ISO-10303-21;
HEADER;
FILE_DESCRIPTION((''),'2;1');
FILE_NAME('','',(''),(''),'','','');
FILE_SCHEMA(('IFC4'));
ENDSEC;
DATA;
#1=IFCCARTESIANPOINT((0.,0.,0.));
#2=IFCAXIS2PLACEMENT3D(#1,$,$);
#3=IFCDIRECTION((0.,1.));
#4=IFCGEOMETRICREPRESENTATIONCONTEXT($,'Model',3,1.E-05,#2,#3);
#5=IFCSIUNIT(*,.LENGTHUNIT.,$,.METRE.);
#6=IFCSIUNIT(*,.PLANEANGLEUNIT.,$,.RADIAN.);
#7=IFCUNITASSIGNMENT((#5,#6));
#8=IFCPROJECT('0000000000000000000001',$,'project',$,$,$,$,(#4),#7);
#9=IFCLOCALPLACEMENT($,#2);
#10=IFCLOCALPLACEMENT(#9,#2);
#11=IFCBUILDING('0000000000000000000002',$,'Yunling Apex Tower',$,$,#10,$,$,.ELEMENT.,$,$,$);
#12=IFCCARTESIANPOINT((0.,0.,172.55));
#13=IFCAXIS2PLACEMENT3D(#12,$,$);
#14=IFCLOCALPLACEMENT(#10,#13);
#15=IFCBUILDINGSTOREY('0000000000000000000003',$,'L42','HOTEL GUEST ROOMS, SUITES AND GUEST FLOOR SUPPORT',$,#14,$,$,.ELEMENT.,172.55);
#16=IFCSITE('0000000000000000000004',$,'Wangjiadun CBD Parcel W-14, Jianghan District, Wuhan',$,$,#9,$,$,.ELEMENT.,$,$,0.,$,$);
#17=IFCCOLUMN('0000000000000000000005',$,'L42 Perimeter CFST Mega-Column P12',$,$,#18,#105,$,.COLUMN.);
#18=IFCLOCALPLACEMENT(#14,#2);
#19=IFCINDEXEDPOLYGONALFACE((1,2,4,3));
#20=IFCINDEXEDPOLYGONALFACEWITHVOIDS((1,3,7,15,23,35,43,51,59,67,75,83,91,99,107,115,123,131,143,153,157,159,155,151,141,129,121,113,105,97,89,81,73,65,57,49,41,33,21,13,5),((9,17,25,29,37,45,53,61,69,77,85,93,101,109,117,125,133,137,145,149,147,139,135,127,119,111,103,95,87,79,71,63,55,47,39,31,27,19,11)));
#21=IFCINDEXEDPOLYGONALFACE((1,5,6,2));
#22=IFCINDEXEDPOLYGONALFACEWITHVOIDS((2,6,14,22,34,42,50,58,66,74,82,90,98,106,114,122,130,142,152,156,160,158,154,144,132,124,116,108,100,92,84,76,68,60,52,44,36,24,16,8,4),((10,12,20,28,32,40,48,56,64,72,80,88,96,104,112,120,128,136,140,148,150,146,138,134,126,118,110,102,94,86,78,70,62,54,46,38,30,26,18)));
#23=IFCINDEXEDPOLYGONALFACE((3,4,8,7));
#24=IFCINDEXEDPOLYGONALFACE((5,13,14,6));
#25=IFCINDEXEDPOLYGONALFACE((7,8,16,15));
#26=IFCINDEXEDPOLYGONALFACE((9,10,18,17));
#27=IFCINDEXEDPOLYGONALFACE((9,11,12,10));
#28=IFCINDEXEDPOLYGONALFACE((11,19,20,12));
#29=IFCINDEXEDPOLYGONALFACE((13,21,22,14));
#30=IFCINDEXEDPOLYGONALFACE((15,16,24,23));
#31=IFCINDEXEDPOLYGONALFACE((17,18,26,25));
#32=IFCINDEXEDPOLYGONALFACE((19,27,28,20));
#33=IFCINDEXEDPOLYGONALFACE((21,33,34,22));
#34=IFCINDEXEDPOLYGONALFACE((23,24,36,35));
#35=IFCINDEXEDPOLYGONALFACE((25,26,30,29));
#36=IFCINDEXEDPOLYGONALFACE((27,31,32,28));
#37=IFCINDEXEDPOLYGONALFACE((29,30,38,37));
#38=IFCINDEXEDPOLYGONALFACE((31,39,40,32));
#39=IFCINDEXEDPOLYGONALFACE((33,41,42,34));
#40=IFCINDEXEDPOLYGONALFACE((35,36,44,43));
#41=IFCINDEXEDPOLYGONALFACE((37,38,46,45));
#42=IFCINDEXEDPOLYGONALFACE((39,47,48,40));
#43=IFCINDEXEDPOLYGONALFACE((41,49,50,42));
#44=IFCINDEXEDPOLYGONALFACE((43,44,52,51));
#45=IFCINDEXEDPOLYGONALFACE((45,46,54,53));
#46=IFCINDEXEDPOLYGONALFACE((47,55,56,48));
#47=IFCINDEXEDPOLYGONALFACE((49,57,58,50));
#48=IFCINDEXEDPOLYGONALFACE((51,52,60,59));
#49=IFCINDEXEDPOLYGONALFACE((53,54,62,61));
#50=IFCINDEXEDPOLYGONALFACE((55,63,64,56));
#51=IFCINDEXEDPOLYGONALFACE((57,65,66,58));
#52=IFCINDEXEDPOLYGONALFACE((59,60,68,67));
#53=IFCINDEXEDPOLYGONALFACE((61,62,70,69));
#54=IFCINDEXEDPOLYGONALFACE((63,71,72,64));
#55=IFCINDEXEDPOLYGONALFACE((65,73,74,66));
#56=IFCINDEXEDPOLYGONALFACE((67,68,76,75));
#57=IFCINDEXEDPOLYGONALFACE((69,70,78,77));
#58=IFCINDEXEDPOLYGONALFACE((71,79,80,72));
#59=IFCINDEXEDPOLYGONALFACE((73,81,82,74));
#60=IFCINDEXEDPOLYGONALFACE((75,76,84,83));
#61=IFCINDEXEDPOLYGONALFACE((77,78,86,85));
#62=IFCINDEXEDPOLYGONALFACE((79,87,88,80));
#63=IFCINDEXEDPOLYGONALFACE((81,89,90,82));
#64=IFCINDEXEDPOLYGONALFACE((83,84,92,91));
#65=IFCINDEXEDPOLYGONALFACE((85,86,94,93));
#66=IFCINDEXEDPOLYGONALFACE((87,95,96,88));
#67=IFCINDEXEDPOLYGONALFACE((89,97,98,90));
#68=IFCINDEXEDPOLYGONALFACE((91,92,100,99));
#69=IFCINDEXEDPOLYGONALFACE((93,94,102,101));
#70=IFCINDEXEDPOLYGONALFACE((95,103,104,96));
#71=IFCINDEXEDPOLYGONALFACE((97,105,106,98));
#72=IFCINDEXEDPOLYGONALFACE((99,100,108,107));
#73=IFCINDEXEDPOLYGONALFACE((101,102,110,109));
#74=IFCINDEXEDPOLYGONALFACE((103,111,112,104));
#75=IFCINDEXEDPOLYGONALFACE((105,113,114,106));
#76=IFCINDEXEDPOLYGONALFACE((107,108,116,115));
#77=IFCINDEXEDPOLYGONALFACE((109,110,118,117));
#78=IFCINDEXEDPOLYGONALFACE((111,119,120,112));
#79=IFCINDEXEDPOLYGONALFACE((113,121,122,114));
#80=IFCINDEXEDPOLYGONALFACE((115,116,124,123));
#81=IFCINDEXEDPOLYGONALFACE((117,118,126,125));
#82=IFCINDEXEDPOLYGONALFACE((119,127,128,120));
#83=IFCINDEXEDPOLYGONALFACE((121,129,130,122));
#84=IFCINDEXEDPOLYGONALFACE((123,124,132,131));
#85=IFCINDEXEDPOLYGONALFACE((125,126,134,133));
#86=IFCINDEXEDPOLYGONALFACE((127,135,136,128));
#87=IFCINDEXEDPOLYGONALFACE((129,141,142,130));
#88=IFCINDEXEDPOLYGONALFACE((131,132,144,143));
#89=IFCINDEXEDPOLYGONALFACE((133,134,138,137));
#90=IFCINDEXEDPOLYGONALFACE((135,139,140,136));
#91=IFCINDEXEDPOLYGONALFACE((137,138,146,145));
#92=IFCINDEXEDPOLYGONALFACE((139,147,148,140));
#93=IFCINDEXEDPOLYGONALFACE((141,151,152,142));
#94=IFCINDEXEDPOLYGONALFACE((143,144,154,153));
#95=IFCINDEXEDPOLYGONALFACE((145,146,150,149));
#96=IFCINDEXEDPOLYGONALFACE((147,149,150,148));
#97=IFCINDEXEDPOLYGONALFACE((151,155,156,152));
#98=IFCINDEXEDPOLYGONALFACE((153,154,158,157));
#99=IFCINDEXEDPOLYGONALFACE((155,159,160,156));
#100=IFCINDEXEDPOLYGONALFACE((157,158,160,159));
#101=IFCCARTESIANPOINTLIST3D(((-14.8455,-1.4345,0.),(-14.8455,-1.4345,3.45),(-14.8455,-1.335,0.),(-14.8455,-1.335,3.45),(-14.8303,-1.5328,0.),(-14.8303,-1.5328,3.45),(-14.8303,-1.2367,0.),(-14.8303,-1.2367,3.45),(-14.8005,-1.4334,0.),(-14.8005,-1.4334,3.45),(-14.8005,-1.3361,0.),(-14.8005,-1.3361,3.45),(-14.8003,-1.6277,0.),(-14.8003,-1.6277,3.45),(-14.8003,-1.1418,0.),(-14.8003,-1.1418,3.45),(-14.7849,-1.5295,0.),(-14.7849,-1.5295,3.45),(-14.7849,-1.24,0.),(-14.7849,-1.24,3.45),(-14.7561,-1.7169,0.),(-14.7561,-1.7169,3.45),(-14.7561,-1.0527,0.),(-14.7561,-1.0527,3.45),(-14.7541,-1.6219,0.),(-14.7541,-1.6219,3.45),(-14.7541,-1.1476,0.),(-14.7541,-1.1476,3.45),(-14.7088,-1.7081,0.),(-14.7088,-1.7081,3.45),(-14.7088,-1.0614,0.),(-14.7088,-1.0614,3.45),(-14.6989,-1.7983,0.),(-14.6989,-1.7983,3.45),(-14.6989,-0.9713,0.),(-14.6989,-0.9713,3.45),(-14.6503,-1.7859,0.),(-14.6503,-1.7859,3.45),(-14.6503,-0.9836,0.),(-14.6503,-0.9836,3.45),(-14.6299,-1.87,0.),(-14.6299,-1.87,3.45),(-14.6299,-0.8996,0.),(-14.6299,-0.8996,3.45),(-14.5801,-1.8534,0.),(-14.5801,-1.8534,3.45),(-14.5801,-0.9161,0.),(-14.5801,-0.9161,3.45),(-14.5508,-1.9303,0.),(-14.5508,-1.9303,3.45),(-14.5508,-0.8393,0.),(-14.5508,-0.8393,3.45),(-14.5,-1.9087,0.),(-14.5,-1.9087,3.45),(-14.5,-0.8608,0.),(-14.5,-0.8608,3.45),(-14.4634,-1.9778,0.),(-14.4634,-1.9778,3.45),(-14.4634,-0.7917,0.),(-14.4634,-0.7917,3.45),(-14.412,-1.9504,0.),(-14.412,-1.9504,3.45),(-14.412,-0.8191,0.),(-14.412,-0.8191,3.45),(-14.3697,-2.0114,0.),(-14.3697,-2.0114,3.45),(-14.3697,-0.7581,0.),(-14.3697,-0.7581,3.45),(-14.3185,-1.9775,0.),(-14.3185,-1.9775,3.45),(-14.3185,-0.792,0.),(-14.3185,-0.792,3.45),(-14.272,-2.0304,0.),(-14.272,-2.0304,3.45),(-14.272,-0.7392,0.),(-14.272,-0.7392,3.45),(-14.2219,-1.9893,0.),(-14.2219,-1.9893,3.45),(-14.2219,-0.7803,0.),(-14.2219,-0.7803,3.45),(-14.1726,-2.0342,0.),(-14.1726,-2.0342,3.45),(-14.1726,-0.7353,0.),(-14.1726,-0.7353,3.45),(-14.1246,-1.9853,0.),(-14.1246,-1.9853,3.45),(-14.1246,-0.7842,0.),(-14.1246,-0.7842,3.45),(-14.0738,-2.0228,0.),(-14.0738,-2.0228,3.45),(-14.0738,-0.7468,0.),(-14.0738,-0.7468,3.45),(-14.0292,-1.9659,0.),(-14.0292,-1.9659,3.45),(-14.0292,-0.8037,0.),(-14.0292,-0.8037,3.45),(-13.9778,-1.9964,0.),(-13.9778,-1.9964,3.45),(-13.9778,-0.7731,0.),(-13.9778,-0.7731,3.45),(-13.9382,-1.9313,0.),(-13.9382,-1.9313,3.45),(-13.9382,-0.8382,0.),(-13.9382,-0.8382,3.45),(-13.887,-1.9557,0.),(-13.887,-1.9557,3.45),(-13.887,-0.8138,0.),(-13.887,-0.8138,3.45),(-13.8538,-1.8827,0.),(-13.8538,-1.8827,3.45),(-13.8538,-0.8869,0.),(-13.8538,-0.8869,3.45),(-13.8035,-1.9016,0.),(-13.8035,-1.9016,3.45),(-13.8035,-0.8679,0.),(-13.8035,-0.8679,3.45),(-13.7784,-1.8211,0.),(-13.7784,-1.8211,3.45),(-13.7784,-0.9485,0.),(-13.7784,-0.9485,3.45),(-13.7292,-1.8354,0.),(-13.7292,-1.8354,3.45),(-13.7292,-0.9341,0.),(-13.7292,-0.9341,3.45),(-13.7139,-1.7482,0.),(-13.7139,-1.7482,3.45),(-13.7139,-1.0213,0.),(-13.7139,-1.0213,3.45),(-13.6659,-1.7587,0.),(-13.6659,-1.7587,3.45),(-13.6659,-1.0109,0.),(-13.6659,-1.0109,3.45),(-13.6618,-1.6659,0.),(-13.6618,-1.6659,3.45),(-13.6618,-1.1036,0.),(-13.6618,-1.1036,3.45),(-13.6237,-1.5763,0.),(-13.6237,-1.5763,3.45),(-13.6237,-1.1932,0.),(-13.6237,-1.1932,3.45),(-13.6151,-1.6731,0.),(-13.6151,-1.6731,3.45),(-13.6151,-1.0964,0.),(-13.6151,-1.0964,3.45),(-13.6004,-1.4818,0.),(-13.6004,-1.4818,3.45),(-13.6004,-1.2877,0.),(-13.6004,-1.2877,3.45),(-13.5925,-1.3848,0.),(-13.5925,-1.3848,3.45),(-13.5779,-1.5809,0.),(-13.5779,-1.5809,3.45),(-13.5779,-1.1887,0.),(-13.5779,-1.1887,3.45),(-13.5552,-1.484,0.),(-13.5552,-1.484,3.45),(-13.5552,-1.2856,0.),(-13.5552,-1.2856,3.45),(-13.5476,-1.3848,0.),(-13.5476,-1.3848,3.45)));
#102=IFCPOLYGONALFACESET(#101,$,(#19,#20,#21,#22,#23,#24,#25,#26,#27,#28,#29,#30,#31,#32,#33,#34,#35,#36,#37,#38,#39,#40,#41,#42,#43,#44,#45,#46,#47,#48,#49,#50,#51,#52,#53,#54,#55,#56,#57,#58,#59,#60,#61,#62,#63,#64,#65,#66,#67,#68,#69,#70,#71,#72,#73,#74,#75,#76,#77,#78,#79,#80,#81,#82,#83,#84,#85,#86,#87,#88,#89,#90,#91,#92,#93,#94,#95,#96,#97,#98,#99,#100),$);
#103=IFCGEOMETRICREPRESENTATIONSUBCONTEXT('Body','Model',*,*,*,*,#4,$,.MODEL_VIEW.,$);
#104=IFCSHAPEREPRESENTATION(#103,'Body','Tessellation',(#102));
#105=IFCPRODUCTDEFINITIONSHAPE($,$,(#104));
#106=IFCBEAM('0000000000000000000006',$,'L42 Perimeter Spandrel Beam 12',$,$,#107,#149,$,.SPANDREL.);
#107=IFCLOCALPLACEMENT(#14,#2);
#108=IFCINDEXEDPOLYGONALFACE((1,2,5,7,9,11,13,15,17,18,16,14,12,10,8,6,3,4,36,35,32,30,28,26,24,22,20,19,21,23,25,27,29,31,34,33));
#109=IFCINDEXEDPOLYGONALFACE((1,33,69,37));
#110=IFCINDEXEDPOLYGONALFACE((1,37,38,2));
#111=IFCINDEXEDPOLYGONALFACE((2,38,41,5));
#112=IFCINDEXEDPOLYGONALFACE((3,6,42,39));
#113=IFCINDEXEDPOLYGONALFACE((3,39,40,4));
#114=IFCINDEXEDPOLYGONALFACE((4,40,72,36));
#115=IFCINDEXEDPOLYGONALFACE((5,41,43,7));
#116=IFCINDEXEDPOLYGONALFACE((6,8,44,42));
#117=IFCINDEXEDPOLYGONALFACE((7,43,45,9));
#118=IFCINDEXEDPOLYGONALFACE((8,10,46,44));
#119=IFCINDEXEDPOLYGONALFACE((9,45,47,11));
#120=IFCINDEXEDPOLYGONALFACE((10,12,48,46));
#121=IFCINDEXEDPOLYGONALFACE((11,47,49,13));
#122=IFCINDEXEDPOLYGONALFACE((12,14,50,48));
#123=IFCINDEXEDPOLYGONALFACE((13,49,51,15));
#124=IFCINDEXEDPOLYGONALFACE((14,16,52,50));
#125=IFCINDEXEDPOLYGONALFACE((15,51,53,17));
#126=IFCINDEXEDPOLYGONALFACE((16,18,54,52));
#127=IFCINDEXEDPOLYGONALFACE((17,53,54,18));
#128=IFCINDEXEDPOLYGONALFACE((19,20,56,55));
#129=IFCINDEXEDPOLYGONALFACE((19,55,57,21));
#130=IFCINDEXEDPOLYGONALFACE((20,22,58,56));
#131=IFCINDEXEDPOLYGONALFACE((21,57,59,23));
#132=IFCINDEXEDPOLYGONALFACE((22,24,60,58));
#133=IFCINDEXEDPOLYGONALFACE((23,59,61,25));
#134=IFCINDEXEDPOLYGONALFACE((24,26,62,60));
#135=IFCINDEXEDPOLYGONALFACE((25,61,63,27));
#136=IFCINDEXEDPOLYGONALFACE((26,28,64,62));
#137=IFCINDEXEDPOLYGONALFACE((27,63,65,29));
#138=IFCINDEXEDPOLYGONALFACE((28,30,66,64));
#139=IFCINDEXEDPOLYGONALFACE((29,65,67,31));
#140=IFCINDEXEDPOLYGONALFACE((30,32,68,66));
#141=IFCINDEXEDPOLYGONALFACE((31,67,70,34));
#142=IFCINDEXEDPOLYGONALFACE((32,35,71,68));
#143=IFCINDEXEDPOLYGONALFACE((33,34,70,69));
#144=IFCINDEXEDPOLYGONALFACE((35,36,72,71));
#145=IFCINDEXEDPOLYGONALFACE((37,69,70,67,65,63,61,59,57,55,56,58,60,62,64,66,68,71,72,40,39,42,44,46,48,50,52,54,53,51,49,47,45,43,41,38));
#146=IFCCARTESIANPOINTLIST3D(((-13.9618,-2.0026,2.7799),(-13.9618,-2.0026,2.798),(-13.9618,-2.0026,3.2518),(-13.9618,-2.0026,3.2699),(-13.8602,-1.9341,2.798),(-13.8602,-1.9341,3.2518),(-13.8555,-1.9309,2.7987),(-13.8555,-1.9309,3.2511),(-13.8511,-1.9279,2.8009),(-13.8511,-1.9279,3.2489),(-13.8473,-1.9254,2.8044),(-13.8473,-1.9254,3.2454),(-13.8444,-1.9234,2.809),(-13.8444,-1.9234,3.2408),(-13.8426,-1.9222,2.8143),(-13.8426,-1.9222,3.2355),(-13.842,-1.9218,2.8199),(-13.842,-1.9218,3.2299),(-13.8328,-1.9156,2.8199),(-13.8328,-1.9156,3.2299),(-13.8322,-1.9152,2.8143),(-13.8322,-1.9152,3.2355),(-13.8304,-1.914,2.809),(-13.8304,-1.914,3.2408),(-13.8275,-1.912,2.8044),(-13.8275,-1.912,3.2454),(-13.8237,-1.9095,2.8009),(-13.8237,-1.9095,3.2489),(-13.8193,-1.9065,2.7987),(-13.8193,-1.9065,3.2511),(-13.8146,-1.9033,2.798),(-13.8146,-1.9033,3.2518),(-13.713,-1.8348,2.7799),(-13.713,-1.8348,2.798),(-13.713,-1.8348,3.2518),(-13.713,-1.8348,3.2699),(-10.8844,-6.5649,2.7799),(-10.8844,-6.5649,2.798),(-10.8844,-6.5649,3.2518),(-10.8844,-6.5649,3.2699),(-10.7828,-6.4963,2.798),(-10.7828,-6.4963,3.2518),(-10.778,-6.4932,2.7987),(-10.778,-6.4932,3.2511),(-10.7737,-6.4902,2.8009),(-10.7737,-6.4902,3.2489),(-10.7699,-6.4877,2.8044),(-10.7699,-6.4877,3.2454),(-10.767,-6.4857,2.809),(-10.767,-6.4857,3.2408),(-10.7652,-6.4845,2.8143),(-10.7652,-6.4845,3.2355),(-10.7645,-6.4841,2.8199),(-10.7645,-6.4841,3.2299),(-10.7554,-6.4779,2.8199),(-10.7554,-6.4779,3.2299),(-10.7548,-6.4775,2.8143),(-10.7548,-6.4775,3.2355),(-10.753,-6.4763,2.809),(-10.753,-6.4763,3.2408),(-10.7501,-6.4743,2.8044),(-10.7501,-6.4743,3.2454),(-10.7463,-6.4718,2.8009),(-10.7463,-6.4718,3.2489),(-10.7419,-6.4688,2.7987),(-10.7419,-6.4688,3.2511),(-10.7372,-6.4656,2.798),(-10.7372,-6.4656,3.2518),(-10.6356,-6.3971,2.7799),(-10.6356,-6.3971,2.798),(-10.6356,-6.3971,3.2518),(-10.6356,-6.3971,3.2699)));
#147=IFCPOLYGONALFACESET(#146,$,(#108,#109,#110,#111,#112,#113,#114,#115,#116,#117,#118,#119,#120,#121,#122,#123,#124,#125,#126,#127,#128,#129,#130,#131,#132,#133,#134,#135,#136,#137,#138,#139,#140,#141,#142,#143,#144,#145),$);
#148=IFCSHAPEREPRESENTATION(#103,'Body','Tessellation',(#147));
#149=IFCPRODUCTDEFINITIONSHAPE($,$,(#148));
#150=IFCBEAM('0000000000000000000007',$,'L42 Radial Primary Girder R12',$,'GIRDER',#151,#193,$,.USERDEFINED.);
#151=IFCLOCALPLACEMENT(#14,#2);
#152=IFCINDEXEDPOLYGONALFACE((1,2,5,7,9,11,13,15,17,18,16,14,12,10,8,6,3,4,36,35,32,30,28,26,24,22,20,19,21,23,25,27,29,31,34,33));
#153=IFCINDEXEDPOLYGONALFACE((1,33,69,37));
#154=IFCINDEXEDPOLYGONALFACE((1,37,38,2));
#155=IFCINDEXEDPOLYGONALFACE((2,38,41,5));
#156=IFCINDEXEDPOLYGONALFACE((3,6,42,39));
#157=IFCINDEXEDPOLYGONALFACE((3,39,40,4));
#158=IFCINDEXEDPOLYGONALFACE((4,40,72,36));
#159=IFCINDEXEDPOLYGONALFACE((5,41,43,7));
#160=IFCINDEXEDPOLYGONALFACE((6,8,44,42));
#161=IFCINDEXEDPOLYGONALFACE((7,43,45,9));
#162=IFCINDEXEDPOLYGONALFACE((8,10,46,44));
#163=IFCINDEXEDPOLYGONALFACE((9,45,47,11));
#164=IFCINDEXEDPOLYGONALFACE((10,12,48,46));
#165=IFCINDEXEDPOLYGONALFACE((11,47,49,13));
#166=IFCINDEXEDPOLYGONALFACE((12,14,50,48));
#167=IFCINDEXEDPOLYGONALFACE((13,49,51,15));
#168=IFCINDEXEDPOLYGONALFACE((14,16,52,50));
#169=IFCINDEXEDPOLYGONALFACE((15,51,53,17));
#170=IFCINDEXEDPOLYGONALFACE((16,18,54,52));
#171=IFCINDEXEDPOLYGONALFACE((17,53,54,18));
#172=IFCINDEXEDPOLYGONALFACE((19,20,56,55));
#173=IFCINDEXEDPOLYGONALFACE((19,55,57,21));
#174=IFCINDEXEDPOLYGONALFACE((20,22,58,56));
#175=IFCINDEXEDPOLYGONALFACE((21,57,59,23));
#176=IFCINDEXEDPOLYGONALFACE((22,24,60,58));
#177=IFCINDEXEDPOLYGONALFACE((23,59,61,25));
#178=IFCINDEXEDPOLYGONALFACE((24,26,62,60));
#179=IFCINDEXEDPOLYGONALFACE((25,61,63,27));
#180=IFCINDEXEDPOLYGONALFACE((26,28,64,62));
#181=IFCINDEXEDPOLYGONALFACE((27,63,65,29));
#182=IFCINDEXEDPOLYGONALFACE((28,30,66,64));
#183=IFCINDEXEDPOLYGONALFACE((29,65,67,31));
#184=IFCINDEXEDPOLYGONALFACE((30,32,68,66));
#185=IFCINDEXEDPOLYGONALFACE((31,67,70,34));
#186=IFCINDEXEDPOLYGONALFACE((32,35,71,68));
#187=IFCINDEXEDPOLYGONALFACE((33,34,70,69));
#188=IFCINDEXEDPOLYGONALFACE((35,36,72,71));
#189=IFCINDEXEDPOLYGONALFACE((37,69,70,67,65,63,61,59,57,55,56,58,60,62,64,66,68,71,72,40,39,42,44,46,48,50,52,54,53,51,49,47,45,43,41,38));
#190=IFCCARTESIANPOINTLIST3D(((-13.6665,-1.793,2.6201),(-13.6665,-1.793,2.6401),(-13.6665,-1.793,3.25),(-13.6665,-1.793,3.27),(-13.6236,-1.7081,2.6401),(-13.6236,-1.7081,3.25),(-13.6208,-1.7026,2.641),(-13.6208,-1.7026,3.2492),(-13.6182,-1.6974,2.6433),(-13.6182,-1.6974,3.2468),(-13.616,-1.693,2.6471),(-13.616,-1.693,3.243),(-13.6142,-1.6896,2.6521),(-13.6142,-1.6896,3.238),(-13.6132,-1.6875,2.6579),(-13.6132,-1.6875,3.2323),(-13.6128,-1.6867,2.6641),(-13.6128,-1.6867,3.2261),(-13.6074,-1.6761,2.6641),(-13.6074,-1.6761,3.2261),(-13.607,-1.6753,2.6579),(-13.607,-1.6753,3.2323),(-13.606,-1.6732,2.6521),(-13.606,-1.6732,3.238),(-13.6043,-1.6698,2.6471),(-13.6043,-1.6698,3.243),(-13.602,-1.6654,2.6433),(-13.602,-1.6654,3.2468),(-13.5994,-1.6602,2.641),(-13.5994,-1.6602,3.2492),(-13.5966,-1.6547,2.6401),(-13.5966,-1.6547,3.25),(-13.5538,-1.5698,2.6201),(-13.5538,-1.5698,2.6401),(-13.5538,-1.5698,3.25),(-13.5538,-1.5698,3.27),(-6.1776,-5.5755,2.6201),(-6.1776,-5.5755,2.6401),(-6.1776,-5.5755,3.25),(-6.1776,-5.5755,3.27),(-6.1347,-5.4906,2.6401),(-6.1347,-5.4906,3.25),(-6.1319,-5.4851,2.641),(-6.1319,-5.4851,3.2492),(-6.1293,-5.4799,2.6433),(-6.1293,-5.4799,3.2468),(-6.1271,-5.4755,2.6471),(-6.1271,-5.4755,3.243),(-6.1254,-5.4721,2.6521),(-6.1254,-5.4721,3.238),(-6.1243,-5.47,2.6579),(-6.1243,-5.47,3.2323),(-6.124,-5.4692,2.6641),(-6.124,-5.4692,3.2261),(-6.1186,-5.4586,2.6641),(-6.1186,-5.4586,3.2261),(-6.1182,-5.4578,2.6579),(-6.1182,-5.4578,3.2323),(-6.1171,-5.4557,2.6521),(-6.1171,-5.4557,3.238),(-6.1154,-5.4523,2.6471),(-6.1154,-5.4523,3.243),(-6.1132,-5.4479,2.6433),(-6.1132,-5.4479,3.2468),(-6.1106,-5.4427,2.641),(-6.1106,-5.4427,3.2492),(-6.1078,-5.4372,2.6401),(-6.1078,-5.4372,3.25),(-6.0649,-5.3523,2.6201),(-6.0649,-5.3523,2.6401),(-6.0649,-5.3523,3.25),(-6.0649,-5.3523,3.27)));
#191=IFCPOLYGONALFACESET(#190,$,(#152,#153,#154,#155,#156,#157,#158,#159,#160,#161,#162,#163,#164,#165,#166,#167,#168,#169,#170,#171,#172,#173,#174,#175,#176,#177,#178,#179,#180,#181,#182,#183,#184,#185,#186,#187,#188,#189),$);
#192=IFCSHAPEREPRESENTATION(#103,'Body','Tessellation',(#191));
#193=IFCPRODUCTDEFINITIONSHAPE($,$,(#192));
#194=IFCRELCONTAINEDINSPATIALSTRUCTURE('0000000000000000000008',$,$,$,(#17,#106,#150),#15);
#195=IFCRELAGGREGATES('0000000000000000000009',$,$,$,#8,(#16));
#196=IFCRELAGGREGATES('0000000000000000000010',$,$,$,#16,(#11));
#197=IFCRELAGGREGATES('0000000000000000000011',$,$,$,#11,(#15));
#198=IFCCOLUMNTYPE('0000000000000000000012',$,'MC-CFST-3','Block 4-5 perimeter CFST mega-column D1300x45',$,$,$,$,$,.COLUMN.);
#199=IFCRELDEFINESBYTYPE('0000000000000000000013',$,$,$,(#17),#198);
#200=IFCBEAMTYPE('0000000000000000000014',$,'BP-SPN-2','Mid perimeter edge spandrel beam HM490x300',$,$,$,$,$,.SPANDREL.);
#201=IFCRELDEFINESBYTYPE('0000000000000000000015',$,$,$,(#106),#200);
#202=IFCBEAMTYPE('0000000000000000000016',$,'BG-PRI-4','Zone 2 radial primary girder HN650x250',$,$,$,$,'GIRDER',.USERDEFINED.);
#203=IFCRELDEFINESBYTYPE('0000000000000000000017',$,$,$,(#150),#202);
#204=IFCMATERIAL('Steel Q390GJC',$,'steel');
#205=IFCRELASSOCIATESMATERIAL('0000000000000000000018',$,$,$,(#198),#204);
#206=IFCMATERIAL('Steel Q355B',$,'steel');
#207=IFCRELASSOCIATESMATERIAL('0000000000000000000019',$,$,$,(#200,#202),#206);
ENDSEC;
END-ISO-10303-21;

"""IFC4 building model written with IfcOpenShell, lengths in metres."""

from ifc_helpers import new_model, si_unit, direction, frame, origin, origin_2d, place, context, subcontext, project, spatial, hollow_circle, i_section, extrude, source, transform, mapped, material, material_profile, profile_set, type_object, element, save


model = new_model("IFC4")

# Units and contexts
model_context = context("Model", 3, precision=1e-05, world=origin(), true_north=direction((0.0, 1.0)))
body_context = subcontext(model_context, "Body", "Model", "MODEL_VIEW")
ifc_project = project(units=[si_unit("LENGTHUNIT", "METRE"), si_unit("PLANEANGLEUNIT", "RADIAN")], contexts=[model_context])

# Site, building, storey
site_placement = place(None, origin())
site = spatial("IfcSite", under=ifc_project, at=site_placement, Name="Wangjiadun CBD Parcel W-14, Jianghan District, Wuhan", CompositionType="ELEMENT", RefElevation=0.0)
building_placement = place(site_placement, origin())
building = spatial("IfcBuilding", under=site, at=building_placement, Name="Yunling Apex Tower", CompositionType="ELEMENT")
storey_placement = place(building_placement, frame((0.0, 0.0, 172.55)))
storey = spatial("IfcBuildingStorey", under=building, at=storey_placement, Name="L42", Description="HOTEL GUEST ROOMS, SUITES AND GUEST FLOOR SUPPORT", CompositionType="ELEMENT", Elevation=172.55)

# Column
ifc_material_1 = material(Name="Steel Q390GJC", Category="steel")
ifc_material_profile_1 = material_profile(ifc_material_1, hollow_circle(Radius=0.6499, WallThickness=0.0449, at=origin_2d()))
ifc_profile_set_1 = profile_set([ifc_material_profile_1], Name="Steel Q390GJC")
column_type = type_object("IfcColumnType", Name="MC-CFST-3", Description="Block 4-5 perimeter CFST mega-column D1300x45", PredefinedType="COLUMN", material=ifc_profile_set_1)
shared_shape_1 = source(origin(), body_context, "Body", "SweptSolid", [
    extrude(hollow_circle(Radius=0.6499, WallThickness=0.0449, at=origin_2d()), origin(), (0.0, 0.0, 1.0), 3.45),
])
column_placement = place(storey_placement, frame((-14.1975, -1.3848, 0.0), z_axis=(0.0, 0.0, 1.0), x_axis=(1.0, 0.0, 0.0)))
element("IfcColumn", 1, at=column_placement, inside=storey, type_object=column_type, Name="L42 Perimeter CFST Mega-Column P12", PredefinedType="COLUMN", context=body_context, shape_type="MappedRepresentation", body=[
    mapped(shared_shape_1, transform((0.0, 0.0, 0.0), scale=1.0)),
])

# Beams
ifc_material_2 = material(Name="Steel Q355B", Category="steel")
ifc_material_profile_2 = material_profile(ifc_material_2, i_section(OverallWidth=0.3, OverallDepth=0.49, WebThickness=0.011, FlangeThickness=0.0181, FilletRadius=0.022, at=origin_2d()))
ifc_profile_set_2 = profile_set([ifc_material_profile_2], Name="Steel Q355B")
beam_type_1 = type_object("IfcBeamType", Name="BP-SPN-2", Description="Mid perimeter edge spandrel beam HM490x300", PredefinedType="SPANDREL", material=ifc_profile_set_2)
shared_shape_2 = source(origin(), body_context, "Body", "SweptSolid", [
    extrude(i_section(OverallWidth=0.3, OverallDepth=0.49, WebThickness=0.011, FlangeThickness=0.0181, FilletRadius=0.022, at=origin_2d()), origin(), (0.0, 0.0, 1.0), 5.5032),
])
beam_1_placement = place(storey_placement, frame((-13.8374, -1.9187, 3.0249), z_axis=(0.559207, -0.829028, 0.0), x_axis=(0.829028, 0.559207, 0.0)))
element("IfcBeam", 2, at=beam_1_placement, inside=storey, type_object=beam_type_1, Name="L42 Perimeter Spandrel Beam 12", PredefinedType="SPANDREL", context=body_context, shape_type="MappedRepresentation", body=[
    mapped(shared_shape_2, transform((0.0, 0.0, 0.0), scale=1.0)),
])
ifc_material_profile_3 = material_profile(ifc_material_2, i_section(OverallWidth=0.25, OverallDepth=0.6499, WebThickness=0.012, FlangeThickness=0.02, FilletRadius=0.0239, at=origin_2d()))
ifc_profile_set_3 = profile_set([ifc_material_profile_3], Name="Steel Q355B")
beam_type_2 = type_object("IfcBeamType", Name="BG-PRI-4", Description="Zone 2 radial primary girder HN650x250", ElementType="GIRDER", PredefinedType="USERDEFINED", material=ifc_profile_set_3)
shared_shape_3 = source(origin(), body_context, "Body", "SweptSolid", [
    extrude(i_section(OverallWidth=0.25, OverallDepth=0.6499, WebThickness=0.012, FlangeThickness=0.02, FilletRadius=0.0239, at=origin_2d()), origin(), (0.0, 0.0, 1.0), 8.3899),
])
beam_2_placement = place(storey_placement, frame((-13.6101, -1.6814, 2.9451), z_axis=(0.892604, -0.450842, 0.0), x_axis=(0.450842, 0.892604, 0.0)))
element("IfcBeam", 3, at=beam_2_placement, inside=storey, type_object=beam_type_2, Name="L42 Radial Primary Girder R12", ObjectType="GIRDER", PredefinedType="USERDEFINED", context=body_context, shape_type="MappedRepresentation", body=[
    mapped(shared_shape_3, transform((0.0, 0.0, 0.0), scale=1.0)),
])

save(model, "model.ifc")
